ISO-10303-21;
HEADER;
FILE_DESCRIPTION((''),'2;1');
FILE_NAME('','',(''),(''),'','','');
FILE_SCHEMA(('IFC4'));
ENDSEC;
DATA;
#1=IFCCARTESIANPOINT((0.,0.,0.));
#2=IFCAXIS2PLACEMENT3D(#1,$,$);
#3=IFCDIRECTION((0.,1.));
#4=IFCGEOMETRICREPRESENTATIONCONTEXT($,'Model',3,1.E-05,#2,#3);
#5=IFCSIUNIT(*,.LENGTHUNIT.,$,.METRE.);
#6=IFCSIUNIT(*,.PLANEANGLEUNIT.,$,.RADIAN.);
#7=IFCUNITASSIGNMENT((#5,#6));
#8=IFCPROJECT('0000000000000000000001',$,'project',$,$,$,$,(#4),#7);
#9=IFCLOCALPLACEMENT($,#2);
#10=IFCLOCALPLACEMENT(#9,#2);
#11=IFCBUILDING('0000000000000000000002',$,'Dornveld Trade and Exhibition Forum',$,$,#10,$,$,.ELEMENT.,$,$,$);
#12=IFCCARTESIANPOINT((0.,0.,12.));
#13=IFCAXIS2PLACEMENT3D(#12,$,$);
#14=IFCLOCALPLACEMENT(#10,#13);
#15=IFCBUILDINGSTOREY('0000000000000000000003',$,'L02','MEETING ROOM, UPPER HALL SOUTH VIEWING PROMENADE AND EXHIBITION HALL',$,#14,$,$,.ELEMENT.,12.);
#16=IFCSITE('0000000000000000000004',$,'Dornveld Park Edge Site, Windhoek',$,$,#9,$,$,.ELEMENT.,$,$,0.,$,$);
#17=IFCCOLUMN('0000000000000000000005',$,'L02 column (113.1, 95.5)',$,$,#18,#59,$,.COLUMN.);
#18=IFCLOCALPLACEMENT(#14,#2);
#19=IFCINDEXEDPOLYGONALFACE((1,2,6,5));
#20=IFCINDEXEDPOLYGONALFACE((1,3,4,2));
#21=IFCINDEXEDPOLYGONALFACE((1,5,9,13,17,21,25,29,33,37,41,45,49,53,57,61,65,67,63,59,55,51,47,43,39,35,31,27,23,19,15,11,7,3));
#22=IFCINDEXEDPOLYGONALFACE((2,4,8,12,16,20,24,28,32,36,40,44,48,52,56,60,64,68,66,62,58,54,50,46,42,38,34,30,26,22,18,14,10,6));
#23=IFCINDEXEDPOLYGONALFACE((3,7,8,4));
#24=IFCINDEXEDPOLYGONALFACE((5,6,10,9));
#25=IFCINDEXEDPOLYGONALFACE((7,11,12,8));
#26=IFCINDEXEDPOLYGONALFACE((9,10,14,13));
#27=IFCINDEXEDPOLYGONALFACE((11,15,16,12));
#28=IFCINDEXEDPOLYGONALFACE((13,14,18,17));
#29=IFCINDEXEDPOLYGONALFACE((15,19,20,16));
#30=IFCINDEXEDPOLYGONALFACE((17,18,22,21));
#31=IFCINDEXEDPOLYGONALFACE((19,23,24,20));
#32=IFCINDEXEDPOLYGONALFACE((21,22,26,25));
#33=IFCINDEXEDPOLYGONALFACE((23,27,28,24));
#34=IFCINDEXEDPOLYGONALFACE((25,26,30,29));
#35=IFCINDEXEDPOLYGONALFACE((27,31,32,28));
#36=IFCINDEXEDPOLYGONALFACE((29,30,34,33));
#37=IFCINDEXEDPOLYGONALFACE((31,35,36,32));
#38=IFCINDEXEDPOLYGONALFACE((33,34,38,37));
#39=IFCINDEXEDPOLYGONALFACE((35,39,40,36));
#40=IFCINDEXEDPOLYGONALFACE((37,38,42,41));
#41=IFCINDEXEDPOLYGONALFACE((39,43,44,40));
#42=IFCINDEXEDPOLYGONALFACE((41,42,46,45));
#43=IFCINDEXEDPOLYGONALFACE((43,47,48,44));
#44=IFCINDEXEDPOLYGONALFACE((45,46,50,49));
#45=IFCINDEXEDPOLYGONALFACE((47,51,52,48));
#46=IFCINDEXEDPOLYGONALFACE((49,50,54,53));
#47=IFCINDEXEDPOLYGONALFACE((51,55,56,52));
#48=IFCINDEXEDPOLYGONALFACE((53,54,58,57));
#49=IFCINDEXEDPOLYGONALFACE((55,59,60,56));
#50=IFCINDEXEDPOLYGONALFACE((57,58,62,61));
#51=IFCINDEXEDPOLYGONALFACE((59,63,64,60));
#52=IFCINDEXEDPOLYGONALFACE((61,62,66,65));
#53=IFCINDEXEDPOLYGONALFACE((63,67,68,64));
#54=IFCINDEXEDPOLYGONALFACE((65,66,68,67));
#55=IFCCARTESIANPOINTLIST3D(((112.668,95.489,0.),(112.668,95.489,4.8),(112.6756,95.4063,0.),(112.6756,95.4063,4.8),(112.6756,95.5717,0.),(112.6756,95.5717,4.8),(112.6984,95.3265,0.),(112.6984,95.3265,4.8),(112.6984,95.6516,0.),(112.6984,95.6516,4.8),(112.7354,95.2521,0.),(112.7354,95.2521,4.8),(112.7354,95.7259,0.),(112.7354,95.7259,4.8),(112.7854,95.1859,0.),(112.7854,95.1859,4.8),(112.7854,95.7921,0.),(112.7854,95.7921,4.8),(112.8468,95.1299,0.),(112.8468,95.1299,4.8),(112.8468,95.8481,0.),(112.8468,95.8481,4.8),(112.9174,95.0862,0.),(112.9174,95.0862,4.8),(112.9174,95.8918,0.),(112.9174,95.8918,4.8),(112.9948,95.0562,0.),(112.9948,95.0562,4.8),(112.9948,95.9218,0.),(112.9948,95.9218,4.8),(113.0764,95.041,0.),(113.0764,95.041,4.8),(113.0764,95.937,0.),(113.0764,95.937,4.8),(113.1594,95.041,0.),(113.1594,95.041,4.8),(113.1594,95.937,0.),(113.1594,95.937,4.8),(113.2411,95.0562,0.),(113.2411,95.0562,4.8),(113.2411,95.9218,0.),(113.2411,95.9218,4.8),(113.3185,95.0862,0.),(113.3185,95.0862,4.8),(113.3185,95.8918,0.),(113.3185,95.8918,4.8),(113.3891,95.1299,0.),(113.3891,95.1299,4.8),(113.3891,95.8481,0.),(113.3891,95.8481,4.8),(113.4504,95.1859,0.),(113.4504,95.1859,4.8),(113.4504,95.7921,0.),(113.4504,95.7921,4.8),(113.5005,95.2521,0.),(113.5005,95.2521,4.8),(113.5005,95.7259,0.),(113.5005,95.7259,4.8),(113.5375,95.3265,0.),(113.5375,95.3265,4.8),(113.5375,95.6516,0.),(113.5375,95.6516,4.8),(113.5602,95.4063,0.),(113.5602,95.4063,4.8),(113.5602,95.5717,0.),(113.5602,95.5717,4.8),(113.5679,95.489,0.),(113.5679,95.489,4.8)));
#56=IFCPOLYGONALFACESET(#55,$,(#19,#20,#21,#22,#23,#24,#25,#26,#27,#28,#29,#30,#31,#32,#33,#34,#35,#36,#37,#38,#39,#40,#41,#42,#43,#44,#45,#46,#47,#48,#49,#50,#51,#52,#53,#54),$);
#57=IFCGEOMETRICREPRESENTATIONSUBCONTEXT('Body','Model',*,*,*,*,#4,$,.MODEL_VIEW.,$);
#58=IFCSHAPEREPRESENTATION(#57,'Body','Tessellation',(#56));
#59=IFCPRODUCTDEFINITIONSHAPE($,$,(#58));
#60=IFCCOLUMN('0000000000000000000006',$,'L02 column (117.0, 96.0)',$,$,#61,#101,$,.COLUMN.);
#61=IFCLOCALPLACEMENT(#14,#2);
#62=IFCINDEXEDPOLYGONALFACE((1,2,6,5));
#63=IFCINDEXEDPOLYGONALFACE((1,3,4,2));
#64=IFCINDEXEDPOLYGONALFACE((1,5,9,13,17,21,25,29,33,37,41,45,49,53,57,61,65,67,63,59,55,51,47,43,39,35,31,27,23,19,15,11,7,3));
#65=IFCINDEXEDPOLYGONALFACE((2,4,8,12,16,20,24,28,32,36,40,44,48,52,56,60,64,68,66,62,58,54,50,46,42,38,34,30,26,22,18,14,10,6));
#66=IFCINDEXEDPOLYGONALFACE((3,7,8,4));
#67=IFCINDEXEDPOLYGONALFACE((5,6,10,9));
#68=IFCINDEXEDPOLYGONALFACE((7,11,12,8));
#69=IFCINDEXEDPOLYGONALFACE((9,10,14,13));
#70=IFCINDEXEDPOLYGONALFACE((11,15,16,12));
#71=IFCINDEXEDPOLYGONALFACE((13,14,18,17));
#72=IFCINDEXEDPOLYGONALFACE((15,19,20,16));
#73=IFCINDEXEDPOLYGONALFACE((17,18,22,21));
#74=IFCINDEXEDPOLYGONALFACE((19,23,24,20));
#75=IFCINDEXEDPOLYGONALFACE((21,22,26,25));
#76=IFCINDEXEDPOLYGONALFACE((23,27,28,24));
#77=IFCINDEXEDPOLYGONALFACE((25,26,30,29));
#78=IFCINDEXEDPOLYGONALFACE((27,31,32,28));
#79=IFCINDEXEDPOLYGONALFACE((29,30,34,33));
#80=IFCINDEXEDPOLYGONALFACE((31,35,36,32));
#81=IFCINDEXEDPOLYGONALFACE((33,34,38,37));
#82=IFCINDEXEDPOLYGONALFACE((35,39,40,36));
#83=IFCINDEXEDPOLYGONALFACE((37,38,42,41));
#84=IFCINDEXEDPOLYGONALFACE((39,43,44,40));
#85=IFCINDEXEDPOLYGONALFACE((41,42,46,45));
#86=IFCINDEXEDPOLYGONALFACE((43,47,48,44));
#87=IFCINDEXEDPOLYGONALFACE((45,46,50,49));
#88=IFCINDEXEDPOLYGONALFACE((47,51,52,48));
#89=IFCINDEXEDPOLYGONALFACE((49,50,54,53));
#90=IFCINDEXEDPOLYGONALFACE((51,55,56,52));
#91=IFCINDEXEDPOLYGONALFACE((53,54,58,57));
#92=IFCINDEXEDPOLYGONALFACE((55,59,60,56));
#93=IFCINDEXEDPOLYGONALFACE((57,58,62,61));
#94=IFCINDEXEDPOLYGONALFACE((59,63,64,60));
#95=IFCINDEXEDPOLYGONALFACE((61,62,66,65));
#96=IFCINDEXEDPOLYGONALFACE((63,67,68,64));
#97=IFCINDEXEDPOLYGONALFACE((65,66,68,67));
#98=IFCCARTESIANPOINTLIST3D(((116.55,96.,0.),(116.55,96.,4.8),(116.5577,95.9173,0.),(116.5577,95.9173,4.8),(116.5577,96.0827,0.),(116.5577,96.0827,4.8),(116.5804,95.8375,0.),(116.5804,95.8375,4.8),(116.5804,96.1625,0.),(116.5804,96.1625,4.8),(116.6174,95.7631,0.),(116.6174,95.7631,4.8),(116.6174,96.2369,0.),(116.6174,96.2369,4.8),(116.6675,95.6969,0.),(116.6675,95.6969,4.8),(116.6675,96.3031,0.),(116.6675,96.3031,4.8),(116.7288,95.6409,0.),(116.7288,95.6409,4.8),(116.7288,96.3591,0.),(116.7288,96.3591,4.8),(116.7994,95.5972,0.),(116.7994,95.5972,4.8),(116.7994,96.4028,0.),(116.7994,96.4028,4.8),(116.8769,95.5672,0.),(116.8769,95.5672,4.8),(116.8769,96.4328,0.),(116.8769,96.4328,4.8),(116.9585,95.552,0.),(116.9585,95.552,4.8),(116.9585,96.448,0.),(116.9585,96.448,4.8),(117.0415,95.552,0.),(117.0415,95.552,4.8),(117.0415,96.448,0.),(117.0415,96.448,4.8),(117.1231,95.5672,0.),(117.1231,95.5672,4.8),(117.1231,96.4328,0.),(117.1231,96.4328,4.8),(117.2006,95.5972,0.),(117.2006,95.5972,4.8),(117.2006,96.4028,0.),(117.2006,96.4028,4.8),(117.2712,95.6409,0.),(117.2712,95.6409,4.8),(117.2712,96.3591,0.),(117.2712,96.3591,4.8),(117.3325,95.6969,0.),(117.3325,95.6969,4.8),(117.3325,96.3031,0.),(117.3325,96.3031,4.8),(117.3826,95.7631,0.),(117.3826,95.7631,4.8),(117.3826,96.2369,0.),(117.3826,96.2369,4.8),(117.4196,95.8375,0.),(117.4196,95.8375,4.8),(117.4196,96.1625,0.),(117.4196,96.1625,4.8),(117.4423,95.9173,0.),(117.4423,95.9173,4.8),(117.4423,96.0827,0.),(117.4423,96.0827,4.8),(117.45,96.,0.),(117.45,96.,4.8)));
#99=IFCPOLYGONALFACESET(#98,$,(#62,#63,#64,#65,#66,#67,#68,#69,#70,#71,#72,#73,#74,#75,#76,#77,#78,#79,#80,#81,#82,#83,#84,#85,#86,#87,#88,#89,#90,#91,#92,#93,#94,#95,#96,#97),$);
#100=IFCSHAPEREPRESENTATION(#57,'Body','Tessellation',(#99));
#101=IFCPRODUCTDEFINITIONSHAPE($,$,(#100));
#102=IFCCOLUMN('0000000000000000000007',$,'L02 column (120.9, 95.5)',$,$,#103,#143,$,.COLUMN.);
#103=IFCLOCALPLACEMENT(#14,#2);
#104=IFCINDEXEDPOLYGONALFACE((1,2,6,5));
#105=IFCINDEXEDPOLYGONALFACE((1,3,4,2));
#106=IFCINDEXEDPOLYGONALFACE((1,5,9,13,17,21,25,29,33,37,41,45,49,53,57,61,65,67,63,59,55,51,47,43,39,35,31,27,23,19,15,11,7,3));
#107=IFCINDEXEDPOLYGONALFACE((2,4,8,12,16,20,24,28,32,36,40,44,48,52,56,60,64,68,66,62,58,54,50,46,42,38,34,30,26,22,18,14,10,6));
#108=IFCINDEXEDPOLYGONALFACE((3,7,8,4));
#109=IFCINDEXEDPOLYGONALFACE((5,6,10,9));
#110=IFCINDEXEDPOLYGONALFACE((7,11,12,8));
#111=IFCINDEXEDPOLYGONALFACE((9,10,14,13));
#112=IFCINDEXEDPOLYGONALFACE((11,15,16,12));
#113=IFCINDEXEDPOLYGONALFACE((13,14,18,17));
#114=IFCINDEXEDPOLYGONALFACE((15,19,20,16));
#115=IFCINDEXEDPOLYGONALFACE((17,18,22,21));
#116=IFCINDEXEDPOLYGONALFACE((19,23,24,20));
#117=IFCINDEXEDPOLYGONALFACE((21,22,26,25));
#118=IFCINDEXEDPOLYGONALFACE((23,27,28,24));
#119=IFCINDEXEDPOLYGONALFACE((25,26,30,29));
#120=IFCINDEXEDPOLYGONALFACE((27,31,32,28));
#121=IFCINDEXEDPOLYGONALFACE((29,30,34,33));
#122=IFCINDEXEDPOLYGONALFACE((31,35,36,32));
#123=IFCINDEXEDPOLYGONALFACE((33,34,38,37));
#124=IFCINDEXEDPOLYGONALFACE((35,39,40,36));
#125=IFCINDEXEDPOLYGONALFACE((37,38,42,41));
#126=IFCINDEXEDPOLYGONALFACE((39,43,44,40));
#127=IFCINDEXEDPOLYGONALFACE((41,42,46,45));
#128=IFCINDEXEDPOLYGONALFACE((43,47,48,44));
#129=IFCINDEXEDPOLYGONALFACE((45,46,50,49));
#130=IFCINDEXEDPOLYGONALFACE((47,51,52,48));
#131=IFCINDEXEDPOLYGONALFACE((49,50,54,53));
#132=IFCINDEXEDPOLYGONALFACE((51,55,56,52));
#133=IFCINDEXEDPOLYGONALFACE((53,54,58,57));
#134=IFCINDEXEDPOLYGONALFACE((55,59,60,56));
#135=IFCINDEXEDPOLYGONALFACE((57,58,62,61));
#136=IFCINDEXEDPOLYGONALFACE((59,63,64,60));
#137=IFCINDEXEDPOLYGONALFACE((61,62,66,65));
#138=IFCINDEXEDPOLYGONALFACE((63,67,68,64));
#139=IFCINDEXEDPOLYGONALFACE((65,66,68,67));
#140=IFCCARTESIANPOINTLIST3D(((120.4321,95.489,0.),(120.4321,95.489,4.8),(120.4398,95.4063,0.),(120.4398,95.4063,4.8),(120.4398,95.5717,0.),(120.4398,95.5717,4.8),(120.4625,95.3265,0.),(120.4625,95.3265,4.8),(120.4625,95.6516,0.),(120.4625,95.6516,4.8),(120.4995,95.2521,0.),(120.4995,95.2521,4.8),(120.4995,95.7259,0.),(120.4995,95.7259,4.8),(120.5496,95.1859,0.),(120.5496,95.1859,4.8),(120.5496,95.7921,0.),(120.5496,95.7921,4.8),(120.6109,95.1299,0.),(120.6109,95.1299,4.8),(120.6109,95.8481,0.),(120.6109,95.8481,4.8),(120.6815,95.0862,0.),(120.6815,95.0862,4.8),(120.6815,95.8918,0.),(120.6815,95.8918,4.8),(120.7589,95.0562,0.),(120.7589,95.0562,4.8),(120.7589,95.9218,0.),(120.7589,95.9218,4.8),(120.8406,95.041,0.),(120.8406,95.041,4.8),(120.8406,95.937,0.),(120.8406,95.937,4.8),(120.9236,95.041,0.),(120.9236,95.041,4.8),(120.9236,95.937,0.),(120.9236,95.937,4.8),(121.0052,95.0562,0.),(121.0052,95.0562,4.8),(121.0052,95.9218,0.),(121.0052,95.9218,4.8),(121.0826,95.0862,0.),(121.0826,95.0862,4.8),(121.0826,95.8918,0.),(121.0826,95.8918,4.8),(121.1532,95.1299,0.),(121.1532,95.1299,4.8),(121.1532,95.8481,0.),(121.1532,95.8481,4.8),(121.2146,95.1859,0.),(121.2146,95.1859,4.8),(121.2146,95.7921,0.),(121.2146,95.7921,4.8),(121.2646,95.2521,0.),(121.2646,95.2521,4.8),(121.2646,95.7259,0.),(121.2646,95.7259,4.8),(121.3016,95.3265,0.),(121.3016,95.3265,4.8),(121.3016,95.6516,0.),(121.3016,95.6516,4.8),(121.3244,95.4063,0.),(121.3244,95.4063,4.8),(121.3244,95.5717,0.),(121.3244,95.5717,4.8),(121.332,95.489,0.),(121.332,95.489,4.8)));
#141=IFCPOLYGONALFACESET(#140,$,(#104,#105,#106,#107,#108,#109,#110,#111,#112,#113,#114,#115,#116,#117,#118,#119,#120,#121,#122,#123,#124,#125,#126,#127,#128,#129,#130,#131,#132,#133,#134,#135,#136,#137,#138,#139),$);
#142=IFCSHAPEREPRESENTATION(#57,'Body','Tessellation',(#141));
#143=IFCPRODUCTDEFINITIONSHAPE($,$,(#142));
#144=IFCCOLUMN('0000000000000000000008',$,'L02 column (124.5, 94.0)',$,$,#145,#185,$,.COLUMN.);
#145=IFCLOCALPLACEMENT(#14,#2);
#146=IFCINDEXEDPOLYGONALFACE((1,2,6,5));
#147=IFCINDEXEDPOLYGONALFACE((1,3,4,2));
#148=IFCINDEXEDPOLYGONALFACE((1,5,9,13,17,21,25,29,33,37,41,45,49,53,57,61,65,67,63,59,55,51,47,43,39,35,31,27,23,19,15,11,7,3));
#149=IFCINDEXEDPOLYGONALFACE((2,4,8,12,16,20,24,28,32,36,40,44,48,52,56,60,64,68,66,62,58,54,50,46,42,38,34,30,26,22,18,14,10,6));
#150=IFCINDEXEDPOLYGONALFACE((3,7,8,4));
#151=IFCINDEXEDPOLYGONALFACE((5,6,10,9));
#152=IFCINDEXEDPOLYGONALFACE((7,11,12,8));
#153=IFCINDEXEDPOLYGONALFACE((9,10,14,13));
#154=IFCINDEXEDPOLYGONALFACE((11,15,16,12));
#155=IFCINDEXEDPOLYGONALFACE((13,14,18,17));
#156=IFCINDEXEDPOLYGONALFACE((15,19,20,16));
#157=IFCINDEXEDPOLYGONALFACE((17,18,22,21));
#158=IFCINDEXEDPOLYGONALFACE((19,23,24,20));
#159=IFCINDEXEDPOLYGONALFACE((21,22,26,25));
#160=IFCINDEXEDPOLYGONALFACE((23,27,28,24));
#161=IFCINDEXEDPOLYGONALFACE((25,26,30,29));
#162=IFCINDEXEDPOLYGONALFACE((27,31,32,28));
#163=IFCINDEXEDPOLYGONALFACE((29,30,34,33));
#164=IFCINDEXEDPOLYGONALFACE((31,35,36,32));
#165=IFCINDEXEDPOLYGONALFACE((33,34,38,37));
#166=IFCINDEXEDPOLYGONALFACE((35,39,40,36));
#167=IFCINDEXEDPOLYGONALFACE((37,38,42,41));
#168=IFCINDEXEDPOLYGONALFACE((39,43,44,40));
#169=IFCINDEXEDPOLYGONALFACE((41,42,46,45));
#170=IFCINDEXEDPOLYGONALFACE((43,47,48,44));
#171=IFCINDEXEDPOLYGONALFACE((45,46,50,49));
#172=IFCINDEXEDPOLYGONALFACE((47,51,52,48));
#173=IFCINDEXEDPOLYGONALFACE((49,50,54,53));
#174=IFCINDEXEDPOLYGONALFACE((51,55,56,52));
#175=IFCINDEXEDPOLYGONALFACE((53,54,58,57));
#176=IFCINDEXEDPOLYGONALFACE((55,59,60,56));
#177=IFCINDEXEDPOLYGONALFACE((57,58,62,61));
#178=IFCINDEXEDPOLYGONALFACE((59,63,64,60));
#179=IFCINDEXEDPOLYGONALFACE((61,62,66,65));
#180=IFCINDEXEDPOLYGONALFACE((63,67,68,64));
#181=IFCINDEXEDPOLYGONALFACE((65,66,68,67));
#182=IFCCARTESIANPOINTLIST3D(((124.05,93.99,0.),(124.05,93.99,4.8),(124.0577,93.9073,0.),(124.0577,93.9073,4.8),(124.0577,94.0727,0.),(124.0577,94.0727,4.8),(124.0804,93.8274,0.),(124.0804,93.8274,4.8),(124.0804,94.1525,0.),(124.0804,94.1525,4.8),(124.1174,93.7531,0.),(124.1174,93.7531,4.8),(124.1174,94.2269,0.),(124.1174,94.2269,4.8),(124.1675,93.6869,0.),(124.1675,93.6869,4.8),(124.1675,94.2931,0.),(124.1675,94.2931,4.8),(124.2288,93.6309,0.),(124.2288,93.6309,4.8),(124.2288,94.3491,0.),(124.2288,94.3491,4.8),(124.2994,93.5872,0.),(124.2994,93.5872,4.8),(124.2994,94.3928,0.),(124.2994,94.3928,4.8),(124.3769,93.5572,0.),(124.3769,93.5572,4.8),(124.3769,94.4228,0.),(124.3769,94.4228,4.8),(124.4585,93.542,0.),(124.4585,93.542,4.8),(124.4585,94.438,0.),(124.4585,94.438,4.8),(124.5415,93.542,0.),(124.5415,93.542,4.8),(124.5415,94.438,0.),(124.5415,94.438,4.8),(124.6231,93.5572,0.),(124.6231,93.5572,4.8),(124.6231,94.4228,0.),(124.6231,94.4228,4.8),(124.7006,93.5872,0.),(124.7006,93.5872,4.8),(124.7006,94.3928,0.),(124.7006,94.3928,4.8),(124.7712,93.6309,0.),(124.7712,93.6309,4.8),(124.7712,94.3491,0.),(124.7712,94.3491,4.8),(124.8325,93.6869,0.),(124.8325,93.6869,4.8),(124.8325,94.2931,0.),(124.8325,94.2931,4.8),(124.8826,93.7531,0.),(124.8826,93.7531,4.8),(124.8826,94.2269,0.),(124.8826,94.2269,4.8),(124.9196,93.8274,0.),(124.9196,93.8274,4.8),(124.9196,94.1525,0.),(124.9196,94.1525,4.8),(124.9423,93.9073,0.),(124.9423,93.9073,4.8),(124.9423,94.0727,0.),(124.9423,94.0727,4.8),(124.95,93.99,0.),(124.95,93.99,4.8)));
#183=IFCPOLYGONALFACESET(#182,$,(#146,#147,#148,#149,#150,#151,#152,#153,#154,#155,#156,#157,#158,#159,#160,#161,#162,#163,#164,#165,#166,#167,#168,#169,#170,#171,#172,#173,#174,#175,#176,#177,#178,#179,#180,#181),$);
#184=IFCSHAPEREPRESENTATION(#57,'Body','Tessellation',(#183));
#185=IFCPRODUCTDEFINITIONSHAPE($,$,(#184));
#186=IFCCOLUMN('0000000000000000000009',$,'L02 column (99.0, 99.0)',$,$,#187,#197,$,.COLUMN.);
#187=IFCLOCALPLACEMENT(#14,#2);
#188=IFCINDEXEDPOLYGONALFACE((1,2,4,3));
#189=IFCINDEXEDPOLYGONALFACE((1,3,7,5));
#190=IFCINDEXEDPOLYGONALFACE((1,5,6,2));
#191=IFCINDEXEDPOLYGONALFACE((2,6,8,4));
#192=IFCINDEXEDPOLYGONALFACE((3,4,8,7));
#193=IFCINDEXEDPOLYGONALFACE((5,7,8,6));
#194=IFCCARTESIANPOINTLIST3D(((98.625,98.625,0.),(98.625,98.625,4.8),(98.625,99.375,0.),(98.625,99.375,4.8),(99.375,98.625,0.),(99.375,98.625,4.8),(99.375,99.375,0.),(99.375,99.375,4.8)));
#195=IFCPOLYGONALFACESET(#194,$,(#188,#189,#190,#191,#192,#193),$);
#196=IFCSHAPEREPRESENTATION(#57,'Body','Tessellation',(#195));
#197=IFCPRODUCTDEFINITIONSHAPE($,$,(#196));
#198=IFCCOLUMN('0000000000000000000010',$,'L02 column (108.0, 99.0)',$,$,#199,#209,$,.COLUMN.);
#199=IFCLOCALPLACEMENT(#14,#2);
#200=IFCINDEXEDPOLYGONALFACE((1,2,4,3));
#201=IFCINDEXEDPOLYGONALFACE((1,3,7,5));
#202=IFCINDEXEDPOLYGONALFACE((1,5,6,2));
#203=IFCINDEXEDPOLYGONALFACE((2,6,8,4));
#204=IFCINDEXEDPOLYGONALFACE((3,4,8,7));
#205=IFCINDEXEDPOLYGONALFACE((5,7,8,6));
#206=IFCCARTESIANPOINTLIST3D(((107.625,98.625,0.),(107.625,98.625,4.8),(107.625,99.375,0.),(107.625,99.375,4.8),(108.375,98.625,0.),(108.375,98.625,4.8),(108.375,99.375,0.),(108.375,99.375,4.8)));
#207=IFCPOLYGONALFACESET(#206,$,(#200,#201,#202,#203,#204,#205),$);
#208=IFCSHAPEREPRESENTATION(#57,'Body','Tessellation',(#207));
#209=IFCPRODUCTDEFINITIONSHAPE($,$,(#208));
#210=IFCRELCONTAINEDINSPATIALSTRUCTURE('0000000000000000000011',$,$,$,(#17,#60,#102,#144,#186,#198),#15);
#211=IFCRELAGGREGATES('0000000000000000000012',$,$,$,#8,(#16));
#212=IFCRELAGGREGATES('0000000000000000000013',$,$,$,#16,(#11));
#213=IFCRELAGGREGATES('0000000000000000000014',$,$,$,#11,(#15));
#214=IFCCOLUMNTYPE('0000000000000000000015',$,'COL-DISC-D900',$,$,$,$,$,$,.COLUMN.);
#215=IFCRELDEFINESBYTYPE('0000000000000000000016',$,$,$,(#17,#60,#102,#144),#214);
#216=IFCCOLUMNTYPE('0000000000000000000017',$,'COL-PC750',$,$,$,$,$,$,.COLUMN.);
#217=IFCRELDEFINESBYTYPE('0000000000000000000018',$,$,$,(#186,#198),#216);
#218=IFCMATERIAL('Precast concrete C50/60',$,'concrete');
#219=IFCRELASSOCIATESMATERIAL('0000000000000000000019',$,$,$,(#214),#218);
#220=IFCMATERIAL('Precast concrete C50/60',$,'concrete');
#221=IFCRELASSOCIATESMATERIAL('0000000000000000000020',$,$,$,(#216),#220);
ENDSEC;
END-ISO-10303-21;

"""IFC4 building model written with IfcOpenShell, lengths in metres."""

from ifc_helpers import new_model, si_unit, direction, frame, origin, origin_2d, place, context, subcontext, project, spatial, rectangle, circle, extrude, material, material_profile, profile_set, type_object, element, save


model = new_model("IFC4")

# Units and contexts
model_context = context("Model", 3, precision=1e-05, world=origin(), true_north=direction((0.0, 1.0)))
body_context = subcontext(model_context, "Body", "Model", "MODEL_VIEW")
ifc_project = project(units=[si_unit("LENGTHUNIT", "METRE"), si_unit("PLANEANGLEUNIT", "RADIAN")], contexts=[model_context])

# Site, building, storey
site_placement = place(None, origin())
site = spatial("IfcSite", under=ifc_project, at=site_placement, Name="Dornveld Park Edge Site, Windhoek", CompositionType="ELEMENT", RefElevation=0.0)
building_placement = place(site_placement, origin())
building = spatial("IfcBuilding", under=site, at=building_placement, Name="Dornveld Trade and Exhibition Forum", CompositionType="ELEMENT")
storey_placement = place(building_placement, frame((0.0, 0.0, 12.0)))
storey = spatial("IfcBuildingStorey", under=building, at=storey_placement, Name="L02", Description="MEETING ROOM, UPPER HALL SOUTH VIEWING PROMENADE AND EXHIBITION HALL", CompositionType="ELEMENT", Elevation=12.0)

# Columns
ifc_material_1 = material(Name="Precast concrete C50/60", Category="concrete")
ifc_material_profile_1 = material_profile(ifc_material_1, circle(Radius=0.45, at=origin_2d()), Name="PC-COL D900")
ifc_profile_set_1 = profile_set([ifc_material_profile_1], Name="Precast concrete C50/60")
column_type_1 = type_object("IfcColumnType", Name="COL-DISC-D900", PredefinedType="COLUMN", material=ifc_profile_set_1)
for number, where, z_axis, x_axis, name in (
    (1, (113.1179, 95.489, 0.0), (0.0, 0.0, 1.0), (1.0, 0.0, 0.0), "L02 column (113.1, 95.5)"),
    (2, (117.0, 96.0, 0.0), (0.0, 0.0, 1.0), (1.0, 0.0, 0.0), "L02 column (117.0, 96.0)"),
    (3, (120.8821, 95.489, 0.0), (0.0, 0.0, 1.0), (1.0, 0.0, 0.0), "L02 column (120.9, 95.5)"),
    (4, (124.5, 93.99, 0.0), (0.0, 0.0, 1.0), (1.0, 0.0, 0.0), "L02 column (124.5, 94.0)"),
):
    element("IfcColumn", number, at=place(storey_placement, frame(where, z_axis=z_axis, x_axis=x_axis)), inside=storey, type_object=column_type_1, Name=name, PredefinedType="COLUMN", context=body_context, shape_type="SweptSolid", body=[
        extrude(circle(Radius=0.45, at=origin_2d()), origin(), (0.0, 0.0, 1.0), 4.8),
    ])
ifc_material_2 = material(Name="Precast concrete C50/60", Category="concrete")
ifc_material_profile_2 = material_profile(ifc_material_2, rectangle(XDim=0.75, YDim=0.75, at=origin_2d()), Name="PC-COL 750x750")
ifc_profile_set_2 = profile_set([ifc_material_profile_2], Name="Precast concrete C50/60")
column_type_2 = type_object("IfcColumnType", Name="COL-PC750", PredefinedType="COLUMN", material=ifc_profile_set_2)
for number, where, z_axis, x_axis, name in (
    (5, (99.0, 99.0, 0.0), (0.0, 0.0, 1.0), (1.0, 0.0, 0.0), "L02 column (99.0, 99.0)"),
    (6, (108.0, 99.0, 0.0), (0.0, 0.0, 1.0), (1.0, 0.0, 0.0), "L02 column (108.0, 99.0)"),
):
    element("IfcColumn", number, at=place(storey_placement, frame(where, z_axis=z_axis, x_axis=x_axis)), inside=storey, type_object=column_type_2, Name=name, PredefinedType="COLUMN", context=body_context, shape_type="SweptSolid", body=[
        extrude(rectangle(XDim=0.75, YDim=0.75, at=origin_2d()), origin(), (0.0, 0.0, 1.0), 4.8),
    ])

save(model, "model.ifc")
